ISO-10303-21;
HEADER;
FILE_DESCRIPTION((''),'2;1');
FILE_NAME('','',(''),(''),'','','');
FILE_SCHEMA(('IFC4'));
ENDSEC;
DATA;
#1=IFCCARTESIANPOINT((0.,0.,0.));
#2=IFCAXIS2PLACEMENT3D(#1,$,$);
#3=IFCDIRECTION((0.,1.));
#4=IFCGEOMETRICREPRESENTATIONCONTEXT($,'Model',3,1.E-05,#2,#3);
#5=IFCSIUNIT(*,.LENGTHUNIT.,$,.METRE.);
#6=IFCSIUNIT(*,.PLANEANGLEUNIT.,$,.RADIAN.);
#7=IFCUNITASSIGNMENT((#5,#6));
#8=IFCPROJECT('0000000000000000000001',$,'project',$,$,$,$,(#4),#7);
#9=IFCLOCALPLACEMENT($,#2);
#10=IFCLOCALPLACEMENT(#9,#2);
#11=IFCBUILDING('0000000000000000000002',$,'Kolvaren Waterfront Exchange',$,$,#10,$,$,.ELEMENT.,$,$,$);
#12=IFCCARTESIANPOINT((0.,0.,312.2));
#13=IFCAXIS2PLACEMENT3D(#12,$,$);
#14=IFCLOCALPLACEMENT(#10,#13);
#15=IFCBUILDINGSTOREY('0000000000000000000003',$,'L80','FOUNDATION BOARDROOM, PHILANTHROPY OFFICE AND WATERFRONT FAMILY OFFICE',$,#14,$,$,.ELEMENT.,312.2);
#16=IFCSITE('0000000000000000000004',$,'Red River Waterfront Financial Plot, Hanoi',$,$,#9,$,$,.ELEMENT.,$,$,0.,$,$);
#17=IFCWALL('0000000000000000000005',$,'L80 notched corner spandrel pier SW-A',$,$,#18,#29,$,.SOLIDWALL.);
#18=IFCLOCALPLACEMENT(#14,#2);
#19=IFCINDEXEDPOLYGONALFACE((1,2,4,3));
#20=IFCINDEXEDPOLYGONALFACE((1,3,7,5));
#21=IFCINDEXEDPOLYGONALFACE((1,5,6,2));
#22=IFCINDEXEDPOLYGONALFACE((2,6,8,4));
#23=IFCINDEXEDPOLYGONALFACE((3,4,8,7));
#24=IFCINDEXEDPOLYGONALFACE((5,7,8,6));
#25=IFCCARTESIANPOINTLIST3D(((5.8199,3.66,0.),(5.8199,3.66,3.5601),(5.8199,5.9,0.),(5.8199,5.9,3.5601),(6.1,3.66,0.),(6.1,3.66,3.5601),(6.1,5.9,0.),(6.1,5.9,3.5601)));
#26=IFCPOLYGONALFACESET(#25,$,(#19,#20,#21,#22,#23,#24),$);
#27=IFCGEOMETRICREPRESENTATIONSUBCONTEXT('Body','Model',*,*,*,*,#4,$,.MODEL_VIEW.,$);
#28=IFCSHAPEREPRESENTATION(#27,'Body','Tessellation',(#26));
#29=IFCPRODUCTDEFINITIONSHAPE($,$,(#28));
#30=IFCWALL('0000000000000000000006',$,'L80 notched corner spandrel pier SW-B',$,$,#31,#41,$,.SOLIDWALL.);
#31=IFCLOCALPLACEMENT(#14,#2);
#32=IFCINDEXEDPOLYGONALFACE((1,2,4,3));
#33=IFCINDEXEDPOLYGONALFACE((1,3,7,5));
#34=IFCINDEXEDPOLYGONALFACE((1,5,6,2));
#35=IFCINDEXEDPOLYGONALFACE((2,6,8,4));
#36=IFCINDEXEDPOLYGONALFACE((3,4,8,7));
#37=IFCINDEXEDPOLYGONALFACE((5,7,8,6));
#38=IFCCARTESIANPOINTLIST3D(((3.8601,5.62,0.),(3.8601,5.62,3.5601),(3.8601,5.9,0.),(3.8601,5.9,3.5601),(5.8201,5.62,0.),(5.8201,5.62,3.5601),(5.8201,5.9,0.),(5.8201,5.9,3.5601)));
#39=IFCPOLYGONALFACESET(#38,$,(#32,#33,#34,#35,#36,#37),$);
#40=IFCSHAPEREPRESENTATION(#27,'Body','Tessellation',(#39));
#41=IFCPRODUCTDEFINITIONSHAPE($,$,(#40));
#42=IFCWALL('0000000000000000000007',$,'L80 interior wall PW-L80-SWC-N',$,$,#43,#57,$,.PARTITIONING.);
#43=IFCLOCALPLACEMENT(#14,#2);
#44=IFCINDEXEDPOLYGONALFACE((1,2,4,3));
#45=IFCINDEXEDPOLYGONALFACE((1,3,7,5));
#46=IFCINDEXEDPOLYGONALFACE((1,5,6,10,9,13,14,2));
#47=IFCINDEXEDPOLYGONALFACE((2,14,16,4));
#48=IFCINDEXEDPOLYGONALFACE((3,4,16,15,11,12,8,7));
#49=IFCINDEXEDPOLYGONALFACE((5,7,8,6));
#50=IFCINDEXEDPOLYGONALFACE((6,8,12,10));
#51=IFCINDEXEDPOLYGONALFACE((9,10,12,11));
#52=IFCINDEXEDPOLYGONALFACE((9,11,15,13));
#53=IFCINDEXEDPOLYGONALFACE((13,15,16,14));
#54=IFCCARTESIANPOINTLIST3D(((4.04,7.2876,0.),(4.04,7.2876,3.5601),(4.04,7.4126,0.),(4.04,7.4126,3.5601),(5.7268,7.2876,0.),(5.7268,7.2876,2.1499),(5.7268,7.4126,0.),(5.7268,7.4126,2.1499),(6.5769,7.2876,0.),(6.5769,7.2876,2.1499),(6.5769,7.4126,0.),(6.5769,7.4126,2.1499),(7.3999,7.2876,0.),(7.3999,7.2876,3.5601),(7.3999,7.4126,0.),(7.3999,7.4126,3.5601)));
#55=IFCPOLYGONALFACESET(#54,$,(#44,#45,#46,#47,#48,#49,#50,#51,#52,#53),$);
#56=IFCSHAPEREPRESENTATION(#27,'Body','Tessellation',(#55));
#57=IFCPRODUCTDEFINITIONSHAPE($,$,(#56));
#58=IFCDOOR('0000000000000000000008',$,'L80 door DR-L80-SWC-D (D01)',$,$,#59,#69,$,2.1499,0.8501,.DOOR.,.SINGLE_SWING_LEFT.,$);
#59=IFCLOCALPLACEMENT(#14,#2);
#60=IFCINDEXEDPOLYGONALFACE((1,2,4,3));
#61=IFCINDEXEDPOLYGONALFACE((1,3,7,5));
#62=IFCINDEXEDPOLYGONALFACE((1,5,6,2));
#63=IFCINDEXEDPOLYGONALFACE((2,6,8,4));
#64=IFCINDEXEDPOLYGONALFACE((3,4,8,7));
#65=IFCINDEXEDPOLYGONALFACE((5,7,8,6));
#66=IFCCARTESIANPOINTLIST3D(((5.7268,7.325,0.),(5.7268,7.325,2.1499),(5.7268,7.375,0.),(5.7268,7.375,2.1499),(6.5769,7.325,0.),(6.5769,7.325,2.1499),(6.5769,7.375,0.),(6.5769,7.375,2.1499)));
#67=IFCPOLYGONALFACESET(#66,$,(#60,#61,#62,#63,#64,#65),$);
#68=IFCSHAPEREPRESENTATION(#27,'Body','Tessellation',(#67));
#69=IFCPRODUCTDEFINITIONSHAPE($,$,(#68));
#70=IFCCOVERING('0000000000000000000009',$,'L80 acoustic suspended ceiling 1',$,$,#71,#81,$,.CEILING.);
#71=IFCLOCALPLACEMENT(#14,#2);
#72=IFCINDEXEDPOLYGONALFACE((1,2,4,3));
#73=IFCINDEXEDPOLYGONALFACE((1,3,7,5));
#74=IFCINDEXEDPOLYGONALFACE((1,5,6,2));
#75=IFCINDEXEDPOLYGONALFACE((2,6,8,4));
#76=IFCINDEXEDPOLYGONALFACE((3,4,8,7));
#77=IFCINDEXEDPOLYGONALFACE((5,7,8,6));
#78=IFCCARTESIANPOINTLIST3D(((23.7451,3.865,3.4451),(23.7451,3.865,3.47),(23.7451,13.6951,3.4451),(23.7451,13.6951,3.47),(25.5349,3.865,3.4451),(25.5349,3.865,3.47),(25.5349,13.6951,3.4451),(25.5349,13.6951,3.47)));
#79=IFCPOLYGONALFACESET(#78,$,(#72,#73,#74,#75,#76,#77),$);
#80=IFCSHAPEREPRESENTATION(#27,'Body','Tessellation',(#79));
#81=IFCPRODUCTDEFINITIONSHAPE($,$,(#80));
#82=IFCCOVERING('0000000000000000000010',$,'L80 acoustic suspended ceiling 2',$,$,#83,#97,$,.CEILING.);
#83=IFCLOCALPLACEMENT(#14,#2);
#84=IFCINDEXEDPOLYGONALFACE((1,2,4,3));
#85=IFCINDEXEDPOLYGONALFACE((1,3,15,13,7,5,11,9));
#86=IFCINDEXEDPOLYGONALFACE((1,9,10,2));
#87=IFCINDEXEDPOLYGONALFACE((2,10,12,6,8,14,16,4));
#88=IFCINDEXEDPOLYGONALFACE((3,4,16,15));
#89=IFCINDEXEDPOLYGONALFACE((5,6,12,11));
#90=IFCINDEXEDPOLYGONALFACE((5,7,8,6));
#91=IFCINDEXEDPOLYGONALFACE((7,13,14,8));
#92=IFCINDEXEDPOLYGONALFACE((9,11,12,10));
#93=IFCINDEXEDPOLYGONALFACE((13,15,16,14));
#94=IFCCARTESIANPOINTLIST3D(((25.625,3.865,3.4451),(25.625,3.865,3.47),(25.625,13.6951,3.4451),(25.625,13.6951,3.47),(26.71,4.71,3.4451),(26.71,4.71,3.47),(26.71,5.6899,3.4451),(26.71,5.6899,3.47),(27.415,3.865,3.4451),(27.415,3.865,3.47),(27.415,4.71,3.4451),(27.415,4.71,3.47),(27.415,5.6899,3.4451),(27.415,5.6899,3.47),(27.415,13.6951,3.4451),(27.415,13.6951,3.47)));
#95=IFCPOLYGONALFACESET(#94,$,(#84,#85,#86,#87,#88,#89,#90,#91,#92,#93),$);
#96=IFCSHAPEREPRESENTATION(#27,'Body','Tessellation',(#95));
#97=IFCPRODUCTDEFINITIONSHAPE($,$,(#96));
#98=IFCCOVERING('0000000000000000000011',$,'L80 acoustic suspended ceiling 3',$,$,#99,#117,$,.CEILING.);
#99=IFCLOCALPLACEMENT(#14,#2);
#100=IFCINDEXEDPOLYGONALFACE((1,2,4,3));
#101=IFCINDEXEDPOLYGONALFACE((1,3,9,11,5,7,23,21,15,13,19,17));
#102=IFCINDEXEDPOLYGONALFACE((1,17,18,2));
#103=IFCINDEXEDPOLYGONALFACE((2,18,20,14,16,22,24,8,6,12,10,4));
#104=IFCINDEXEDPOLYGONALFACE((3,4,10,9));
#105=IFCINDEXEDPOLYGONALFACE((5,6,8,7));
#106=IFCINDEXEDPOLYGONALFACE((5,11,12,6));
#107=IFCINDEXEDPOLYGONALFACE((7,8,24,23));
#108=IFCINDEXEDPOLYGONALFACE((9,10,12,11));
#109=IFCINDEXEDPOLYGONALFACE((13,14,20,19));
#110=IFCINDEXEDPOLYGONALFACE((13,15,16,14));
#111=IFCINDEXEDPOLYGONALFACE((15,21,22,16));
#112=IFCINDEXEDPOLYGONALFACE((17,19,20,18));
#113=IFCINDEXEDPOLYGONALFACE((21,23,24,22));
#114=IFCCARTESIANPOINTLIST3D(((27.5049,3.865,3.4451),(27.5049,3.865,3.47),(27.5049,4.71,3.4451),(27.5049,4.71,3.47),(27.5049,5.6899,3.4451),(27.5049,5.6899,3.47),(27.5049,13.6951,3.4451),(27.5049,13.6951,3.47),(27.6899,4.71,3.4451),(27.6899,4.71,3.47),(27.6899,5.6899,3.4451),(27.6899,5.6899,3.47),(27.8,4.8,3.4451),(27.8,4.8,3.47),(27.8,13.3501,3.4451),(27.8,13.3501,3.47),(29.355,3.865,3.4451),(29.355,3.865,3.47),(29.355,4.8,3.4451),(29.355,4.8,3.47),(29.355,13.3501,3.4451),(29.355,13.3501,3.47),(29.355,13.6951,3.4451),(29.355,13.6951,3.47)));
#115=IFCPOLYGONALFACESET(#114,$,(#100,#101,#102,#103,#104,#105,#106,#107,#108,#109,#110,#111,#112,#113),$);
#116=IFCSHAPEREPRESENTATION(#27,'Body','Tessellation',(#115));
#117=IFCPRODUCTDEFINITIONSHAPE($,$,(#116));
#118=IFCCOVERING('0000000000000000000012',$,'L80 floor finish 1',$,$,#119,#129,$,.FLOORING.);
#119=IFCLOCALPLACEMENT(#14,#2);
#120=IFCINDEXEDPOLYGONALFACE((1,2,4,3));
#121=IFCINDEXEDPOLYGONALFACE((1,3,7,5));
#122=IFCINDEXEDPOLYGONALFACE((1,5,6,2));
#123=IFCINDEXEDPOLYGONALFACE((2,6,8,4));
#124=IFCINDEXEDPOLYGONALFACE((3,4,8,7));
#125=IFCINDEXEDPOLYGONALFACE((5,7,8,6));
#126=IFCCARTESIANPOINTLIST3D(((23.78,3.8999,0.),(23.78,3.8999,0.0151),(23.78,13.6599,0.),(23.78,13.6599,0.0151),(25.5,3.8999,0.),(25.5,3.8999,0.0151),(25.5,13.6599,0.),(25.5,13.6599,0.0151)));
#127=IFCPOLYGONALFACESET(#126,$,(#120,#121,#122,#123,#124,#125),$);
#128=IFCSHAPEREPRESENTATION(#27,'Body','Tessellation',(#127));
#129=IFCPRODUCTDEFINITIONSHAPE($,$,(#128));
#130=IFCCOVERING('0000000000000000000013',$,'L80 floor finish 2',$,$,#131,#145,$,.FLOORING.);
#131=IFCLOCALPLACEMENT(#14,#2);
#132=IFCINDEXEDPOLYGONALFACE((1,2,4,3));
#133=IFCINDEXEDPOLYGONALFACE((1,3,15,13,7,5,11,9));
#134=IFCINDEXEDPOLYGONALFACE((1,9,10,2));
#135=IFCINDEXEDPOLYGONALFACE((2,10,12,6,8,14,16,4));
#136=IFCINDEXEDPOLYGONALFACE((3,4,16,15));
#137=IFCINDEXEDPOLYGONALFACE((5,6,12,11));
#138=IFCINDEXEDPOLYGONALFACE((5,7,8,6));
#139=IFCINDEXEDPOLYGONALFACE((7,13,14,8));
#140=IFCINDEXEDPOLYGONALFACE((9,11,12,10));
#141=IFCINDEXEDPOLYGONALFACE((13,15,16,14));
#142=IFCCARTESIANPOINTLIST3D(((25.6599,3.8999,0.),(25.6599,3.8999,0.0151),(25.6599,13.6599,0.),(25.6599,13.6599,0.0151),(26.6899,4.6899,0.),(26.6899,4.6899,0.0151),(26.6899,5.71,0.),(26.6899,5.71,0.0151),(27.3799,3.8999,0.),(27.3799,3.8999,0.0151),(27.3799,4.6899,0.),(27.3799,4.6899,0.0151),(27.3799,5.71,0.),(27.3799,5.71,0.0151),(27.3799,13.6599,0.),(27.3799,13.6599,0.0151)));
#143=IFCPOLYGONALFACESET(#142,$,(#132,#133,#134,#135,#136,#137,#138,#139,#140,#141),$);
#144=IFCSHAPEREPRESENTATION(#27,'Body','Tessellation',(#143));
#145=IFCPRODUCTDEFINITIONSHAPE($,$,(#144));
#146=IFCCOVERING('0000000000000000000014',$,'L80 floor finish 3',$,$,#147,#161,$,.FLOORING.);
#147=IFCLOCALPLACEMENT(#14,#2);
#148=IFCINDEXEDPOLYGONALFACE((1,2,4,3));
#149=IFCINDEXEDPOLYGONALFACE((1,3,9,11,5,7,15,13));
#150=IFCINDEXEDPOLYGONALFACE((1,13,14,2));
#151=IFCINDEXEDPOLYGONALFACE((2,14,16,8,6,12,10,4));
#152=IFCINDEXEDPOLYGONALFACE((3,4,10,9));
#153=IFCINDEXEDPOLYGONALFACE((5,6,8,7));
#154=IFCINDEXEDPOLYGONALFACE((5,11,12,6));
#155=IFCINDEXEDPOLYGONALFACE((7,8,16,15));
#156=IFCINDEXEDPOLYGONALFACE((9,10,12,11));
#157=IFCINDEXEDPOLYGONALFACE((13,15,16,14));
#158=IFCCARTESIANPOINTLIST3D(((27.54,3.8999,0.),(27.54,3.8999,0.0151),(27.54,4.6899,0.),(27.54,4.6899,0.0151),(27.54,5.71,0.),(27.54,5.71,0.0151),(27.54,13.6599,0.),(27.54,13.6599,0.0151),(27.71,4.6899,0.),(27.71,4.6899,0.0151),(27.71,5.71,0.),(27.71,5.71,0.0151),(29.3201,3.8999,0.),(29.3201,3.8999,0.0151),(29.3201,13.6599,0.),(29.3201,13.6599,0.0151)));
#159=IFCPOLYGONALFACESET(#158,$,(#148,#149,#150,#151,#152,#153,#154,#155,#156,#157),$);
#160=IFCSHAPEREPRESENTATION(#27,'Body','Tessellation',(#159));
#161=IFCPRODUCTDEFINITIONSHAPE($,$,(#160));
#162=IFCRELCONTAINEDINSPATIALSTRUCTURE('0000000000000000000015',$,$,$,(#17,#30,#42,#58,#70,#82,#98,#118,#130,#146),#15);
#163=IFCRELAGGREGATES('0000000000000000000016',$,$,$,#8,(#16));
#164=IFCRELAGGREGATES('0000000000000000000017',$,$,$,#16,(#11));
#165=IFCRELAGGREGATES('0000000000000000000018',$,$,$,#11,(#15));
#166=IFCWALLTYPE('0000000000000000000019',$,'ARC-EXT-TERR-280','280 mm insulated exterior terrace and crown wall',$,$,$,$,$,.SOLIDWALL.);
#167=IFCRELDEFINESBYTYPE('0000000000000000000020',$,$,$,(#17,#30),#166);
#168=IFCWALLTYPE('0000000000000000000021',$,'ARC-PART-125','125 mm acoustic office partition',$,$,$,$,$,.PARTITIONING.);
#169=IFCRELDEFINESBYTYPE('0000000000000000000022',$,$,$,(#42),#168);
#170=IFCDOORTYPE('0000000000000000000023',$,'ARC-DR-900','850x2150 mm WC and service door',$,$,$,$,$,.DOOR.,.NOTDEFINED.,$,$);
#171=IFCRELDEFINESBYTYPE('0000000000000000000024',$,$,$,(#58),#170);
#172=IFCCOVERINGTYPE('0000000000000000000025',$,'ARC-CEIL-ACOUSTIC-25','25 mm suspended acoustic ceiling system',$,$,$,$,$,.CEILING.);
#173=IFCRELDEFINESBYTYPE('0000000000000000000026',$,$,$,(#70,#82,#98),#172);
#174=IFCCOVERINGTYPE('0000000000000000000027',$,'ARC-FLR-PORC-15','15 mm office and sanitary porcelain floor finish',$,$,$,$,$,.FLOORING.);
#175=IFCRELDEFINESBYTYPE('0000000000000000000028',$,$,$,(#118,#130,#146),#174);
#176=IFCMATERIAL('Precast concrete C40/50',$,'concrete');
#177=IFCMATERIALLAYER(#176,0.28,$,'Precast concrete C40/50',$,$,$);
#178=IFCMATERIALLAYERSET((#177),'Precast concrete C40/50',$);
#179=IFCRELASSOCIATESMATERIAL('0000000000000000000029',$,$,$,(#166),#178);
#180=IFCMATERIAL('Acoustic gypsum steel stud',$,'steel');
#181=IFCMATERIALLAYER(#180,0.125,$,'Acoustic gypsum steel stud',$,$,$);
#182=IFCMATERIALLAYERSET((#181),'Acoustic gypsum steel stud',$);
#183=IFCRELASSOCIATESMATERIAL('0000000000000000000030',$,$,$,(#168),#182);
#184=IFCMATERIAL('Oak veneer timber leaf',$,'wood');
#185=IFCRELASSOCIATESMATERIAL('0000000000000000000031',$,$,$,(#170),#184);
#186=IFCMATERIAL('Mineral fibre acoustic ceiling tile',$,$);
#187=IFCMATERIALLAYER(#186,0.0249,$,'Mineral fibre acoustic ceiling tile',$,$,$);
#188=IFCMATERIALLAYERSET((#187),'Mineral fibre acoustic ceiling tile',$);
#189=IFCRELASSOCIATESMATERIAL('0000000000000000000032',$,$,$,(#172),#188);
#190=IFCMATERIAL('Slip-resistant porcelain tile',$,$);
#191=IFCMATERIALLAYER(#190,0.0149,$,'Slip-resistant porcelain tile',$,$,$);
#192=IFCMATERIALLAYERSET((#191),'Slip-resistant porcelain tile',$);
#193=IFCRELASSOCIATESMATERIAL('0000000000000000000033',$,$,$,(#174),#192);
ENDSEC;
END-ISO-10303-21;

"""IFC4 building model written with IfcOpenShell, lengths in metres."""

from ifc_helpers import new_model, si_unit, direction, frame, frame_2d, origin, place, context, subcontext, project, spatial, polyline, rectangle, outline, extrude, material, layer, layer_set, type_object, element, fill, save


model = new_model("IFC4")

# Units and contexts
model_context = context("Model", 3, precision=1e-05, world=origin(), true_north=direction((0.0, 1.0)))
body_context = subcontext(model_context, "Body", "Model", "MODEL_VIEW")
ifc_project = project(units=[si_unit("LENGTHUNIT", "METRE"), si_unit("PLANEANGLEUNIT", "RADIAN")], contexts=[model_context])

# Site, building, storey
site_placement = place(None, origin())
site = spatial("IfcSite", under=ifc_project, at=site_placement, Name="Red River Waterfront Financial Plot, Hanoi", CompositionType="ELEMENT", RefElevation=0.0)
building_placement = place(site_placement, origin())
building = spatial("IfcBuilding", under=site, at=building_placement, Name="Kolvaren Waterfront Exchange", CompositionType="ELEMENT")
storey_placement = place(building_placement, frame((0.0, 0.0, 312.2)))
storey = spatial("IfcBuildingStorey", under=building, at=storey_placement, Name="L80", Description="FOUNDATION BOARDROOM, PHILANTHROPY OFFICE AND WATERFRONT FAMILY OFFICE", CompositionType="ELEMENT", Elevation=312.2)

# Walls
ifc_material_1 = material(Name="Precast concrete C40/50", Category="concrete")
ifc_layer_1 = layer(ifc_material_1, 0.28, Name="Precast concrete C40/50")
ifc_layer_set_1 = layer_set([ifc_layer_1], Name="Precast concrete C40/50")
wall_type_1 = type_object("IfcWallType", Name="ARC-EXT-TERR-280", Description="280 mm insulated exterior terrace and crown wall", PredefinedType="SOLIDWALL", material=ifc_layer_set_1)
wall_1_placement = place(storey_placement, frame((5.96, 3.6599, 0.0), z_axis=(0.0, 0.0, 1.0), x_axis=(0.0, 1.0, 0.0)))
element("IfcWall", 1, at=wall_1_placement, inside=storey, type_object=wall_type_1, Name="L80 notched corner spandrel pier SW-A", PredefinedType="SOLIDWALL", context=body_context, shape_type="SweptSolid", body=[
    extrude(rectangle(XDim=2.24, YDim=0.28, at=frame_2d((1.1201, 0.0))), origin(), (0.0, 0.0, 1.0), 3.5601),
])
wall_2_placement = place(storey_placement, frame((3.8601, 5.76, 0.0), z_axis=(0.0, 0.0, 1.0), x_axis=(1.0, 0.0, 0.0)))
element("IfcWall", 2, at=wall_2_placement, inside=storey, type_object=wall_type_1, Name="L80 notched corner spandrel pier SW-B", PredefinedType="SOLIDWALL", context=body_context, shape_type="SweptSolid", body=[
    extrude(rectangle(XDim=1.96, YDim=0.28, at=frame_2d((0.98, 0.0))), origin(), (0.0, 0.0, 1.0), 3.5601),
])

# Wall, opening, door
ifc_material_2 = material(Name="Acoustic gypsum steel stud", Category="steel")
ifc_layer_2 = layer(ifc_material_2, 0.125, Name="Acoustic gypsum steel stud")
ifc_layer_set_2 = layer_set([ifc_layer_2], Name="Acoustic gypsum steel stud")
wall_type_2 = type_object("IfcWallType", Name="ARC-PART-125", Description="125 mm acoustic office partition", PredefinedType="PARTITIONING", material=ifc_layer_set_2)
wall_3_placement = place(storey_placement, frame((4.04, 7.3501, 0.0), z_axis=(0.0, 0.0, 1.0), x_axis=(1.0, 0.0, 0.0)))
wall_3 = element("IfcWall", 3, at=wall_3_placement, inside=storey, type_object=wall_type_2, Name="L80 interior wall PW-L80-SWC-N", PredefinedType="PARTITIONING", context=body_context, shape_type="SweptSolid", body=[
    extrude(rectangle(XDim=3.3599, YDim=0.125, at=frame_2d((1.6799, 0.0))), origin(), (0.0, 0.0, 1.0), 3.5601),
])
opening_placement = place(wall_3_placement, frame((1.6868, 0.0, 0.0)))
opening = element("IfcOpeningElement", 4, at=opening_placement, cuts=wall_3, PredefinedType="OPENING", context=body_context, shape_type="SweptSolid", body=[
    extrude(rectangle(XDim=0.8501, YDim=2.1499, at=frame_2d((0.425, 1.075))), frame((0.0, 0.0725, 0.0), z_axis=(0.0, -1.0, 0.0), x_axis=(1.0, 0.0, 0.0)), (0.0, 0.0, 1.0), 0.145),
])
ifc_material_3 = material(Name="Oak veneer timber leaf", Category="wood")
door_type = type_object("IfcDoorType", Name="ARC-DR-900", Description="850x2150 mm WC and service door", OperationType="NOTDEFINED", PredefinedType="DOOR", material=ifc_material_3)
door_placement = place(opening_placement, origin())
door = element("IfcDoor", 5, at=door_placement, inside=storey, type_object=door_type, Name="L80 door DR-L80-SWC-D (D01)", OperationType="SINGLE_SWING_LEFT", OverallHeight=2.1499, OverallWidth=0.8501, PredefinedType="DOOR", context=body_context, shape_type="SweptSolid", body=[
    extrude(rectangle(XDim=0.8501, YDim=2.1499, at=frame_2d((0.425, 1.075))), frame((0.0, 0.0249, 0.0), z_axis=(0.0, -1.0, 0.0), x_axis=(1.0, 0.0, 0.0)), (0.0, 0.0, 1.0), 0.05),
])
fill(opening, door)

# Coverings
ifc_material_4 = material(Name="Mineral fibre acoustic ceiling tile")
ifc_layer_3 = layer(ifc_material_4, 0.0249, Name="Mineral fibre acoustic ceiling tile")
ifc_layer_set_3 = layer_set([ifc_layer_3], Name="Mineral fibre acoustic ceiling tile")
covering_type_1 = type_object("IfcCoveringType", Name="ARC-CEIL-ACOUSTIC-25", Description="25 mm suspended acoustic ceiling system", PredefinedType="CEILING", material=ifc_layer_set_3)
covering_1_placement = place(storey_placement, frame((0.0, 0.0, 3.4451)))
element("IfcCovering", 6, at=covering_1_placement, inside=storey, type_object=covering_type_1, Name="L80 acoustic suspended ceiling 1", PredefinedType="CEILING", context=body_context, shape_type="SweptSolid", body=[
    extrude(outline(polyline([(25.5349, 3.865), (25.5349, 13.6951), (23.7451, 13.6951), (23.7451, 3.865), (25.5349, 3.865)])), origin(), (0.0, 0.0, 1.0), 0.0249),
])
covering_2_placement = place(storey_placement, frame((0.0, 0.0, 3.4451)))
element("IfcCovering", 7, at=covering_2_placement, inside=storey, type_object=covering_type_1, Name="L80 acoustic suspended ceiling 2", PredefinedType="CEILING", context=body_context, shape_type="SweptSolid", body=[
    extrude(outline(polyline([(27.415, 4.71), (26.71, 4.71), (26.71, 5.6899), (27.415, 5.6899), (27.415, 13.6951), (25.625, 13.6951), (25.625, 3.865), (27.415, 3.865), (27.415, 4.71)])), origin(), (0.0, 0.0, 1.0), 0.0249),
])
covering_3_placement = place(storey_placement, frame((0.0, 0.0, 3.4451)))
element("IfcCovering", 8, at=covering_3_placement, inside=storey, type_object=covering_type_1, Name="L80 acoustic suspended ceiling 3", PredefinedType="CEILING", context=body_context, shape_type="SweptSolid", body=[
    extrude(outline(polyline([(27.5049, 5.6899), (27.6899, 5.6899), (27.6899, 4.71), (27.5049, 4.71), (27.5049, 3.865), (29.355, 3.865), (29.355, 4.8), (27.8, 4.8), (27.8, 13.3501), (29.355, 13.3501), (29.355, 13.6951), (27.5049, 13.6951), (27.5049, 5.6899)])), origin(), (0.0, 0.0, 1.0), 0.0249),
])
ifc_material_5 = material(Name="Slip-resistant porcelain tile")
ifc_layer_4 = layer(ifc_material_5, 0.0149, Name="Slip-resistant porcelain tile")
ifc_layer_set_4 = layer_set([ifc_layer_4], Name="Slip-resistant porcelain tile")
covering_type_2 = type_object("IfcCoveringType", Name="ARC-FLR-PORC-15", Description="15 mm office and sanitary porcelain floor finish", PredefinedType="FLOORING", material=ifc_layer_set_4)
covering_4_placement = place(storey_placement, origin())
element("IfcCovering", 9, at=covering_4_placement, inside=storey, type_object=covering_type_2, Name="L80 floor finish 1", PredefinedType="FLOORING", context=body_context, shape_type="SweptSolid", body=[
    extrude(outline(polyline([(23.78, 13.6599), (23.78, 3.8999), (25.5, 3.8999), (25.5, 13.6599), (23.78, 13.6599)])), origin(), (0.0, 0.0, 1.0), 0.0151),
])
covering_5_placement = place(storey_placement, origin())
element("IfcCovering", 10, at=covering_5_placement, inside=storey, type_object=covering_type_2, Name="L80 floor finish 2", PredefinedType="FLOORING", context=body_context, shape_type="SweptSolid", body=[
    extrude(outline(polyline([(25.6599, 13.6599), (25.6599, 3.8999), (27.3799, 3.8999), (27.3799, 4.6899), (26.6899, 4.6899), (26.6899, 5.71), (27.3799, 5.71), (27.3799, 13.6599), (25.6599, 13.6599)])), origin(), (0.0, 0.0, 1.0), 0.0151),
])
covering_6_placement = place(storey_placement, origin())
element("IfcCovering", 11, at=covering_6_placement, inside=storey, type_object=covering_type_2, Name="L80 floor finish 3", PredefinedType="FLOORING", context=body_context, shape_type="SweptSolid", body=[
    extrude(outline(polyline([(27.54, 4.6899), (27.54, 3.8999), (29.3201, 3.8999), (29.3201, 13.6599), (27.54, 13.6599), (27.54, 5.71), (27.71, 5.71), (27.71, 4.6899), (27.54, 4.6899)])), origin(), (0.0, 0.0, 1.0), 0.0151),
])

save(model, "model.ifc")
